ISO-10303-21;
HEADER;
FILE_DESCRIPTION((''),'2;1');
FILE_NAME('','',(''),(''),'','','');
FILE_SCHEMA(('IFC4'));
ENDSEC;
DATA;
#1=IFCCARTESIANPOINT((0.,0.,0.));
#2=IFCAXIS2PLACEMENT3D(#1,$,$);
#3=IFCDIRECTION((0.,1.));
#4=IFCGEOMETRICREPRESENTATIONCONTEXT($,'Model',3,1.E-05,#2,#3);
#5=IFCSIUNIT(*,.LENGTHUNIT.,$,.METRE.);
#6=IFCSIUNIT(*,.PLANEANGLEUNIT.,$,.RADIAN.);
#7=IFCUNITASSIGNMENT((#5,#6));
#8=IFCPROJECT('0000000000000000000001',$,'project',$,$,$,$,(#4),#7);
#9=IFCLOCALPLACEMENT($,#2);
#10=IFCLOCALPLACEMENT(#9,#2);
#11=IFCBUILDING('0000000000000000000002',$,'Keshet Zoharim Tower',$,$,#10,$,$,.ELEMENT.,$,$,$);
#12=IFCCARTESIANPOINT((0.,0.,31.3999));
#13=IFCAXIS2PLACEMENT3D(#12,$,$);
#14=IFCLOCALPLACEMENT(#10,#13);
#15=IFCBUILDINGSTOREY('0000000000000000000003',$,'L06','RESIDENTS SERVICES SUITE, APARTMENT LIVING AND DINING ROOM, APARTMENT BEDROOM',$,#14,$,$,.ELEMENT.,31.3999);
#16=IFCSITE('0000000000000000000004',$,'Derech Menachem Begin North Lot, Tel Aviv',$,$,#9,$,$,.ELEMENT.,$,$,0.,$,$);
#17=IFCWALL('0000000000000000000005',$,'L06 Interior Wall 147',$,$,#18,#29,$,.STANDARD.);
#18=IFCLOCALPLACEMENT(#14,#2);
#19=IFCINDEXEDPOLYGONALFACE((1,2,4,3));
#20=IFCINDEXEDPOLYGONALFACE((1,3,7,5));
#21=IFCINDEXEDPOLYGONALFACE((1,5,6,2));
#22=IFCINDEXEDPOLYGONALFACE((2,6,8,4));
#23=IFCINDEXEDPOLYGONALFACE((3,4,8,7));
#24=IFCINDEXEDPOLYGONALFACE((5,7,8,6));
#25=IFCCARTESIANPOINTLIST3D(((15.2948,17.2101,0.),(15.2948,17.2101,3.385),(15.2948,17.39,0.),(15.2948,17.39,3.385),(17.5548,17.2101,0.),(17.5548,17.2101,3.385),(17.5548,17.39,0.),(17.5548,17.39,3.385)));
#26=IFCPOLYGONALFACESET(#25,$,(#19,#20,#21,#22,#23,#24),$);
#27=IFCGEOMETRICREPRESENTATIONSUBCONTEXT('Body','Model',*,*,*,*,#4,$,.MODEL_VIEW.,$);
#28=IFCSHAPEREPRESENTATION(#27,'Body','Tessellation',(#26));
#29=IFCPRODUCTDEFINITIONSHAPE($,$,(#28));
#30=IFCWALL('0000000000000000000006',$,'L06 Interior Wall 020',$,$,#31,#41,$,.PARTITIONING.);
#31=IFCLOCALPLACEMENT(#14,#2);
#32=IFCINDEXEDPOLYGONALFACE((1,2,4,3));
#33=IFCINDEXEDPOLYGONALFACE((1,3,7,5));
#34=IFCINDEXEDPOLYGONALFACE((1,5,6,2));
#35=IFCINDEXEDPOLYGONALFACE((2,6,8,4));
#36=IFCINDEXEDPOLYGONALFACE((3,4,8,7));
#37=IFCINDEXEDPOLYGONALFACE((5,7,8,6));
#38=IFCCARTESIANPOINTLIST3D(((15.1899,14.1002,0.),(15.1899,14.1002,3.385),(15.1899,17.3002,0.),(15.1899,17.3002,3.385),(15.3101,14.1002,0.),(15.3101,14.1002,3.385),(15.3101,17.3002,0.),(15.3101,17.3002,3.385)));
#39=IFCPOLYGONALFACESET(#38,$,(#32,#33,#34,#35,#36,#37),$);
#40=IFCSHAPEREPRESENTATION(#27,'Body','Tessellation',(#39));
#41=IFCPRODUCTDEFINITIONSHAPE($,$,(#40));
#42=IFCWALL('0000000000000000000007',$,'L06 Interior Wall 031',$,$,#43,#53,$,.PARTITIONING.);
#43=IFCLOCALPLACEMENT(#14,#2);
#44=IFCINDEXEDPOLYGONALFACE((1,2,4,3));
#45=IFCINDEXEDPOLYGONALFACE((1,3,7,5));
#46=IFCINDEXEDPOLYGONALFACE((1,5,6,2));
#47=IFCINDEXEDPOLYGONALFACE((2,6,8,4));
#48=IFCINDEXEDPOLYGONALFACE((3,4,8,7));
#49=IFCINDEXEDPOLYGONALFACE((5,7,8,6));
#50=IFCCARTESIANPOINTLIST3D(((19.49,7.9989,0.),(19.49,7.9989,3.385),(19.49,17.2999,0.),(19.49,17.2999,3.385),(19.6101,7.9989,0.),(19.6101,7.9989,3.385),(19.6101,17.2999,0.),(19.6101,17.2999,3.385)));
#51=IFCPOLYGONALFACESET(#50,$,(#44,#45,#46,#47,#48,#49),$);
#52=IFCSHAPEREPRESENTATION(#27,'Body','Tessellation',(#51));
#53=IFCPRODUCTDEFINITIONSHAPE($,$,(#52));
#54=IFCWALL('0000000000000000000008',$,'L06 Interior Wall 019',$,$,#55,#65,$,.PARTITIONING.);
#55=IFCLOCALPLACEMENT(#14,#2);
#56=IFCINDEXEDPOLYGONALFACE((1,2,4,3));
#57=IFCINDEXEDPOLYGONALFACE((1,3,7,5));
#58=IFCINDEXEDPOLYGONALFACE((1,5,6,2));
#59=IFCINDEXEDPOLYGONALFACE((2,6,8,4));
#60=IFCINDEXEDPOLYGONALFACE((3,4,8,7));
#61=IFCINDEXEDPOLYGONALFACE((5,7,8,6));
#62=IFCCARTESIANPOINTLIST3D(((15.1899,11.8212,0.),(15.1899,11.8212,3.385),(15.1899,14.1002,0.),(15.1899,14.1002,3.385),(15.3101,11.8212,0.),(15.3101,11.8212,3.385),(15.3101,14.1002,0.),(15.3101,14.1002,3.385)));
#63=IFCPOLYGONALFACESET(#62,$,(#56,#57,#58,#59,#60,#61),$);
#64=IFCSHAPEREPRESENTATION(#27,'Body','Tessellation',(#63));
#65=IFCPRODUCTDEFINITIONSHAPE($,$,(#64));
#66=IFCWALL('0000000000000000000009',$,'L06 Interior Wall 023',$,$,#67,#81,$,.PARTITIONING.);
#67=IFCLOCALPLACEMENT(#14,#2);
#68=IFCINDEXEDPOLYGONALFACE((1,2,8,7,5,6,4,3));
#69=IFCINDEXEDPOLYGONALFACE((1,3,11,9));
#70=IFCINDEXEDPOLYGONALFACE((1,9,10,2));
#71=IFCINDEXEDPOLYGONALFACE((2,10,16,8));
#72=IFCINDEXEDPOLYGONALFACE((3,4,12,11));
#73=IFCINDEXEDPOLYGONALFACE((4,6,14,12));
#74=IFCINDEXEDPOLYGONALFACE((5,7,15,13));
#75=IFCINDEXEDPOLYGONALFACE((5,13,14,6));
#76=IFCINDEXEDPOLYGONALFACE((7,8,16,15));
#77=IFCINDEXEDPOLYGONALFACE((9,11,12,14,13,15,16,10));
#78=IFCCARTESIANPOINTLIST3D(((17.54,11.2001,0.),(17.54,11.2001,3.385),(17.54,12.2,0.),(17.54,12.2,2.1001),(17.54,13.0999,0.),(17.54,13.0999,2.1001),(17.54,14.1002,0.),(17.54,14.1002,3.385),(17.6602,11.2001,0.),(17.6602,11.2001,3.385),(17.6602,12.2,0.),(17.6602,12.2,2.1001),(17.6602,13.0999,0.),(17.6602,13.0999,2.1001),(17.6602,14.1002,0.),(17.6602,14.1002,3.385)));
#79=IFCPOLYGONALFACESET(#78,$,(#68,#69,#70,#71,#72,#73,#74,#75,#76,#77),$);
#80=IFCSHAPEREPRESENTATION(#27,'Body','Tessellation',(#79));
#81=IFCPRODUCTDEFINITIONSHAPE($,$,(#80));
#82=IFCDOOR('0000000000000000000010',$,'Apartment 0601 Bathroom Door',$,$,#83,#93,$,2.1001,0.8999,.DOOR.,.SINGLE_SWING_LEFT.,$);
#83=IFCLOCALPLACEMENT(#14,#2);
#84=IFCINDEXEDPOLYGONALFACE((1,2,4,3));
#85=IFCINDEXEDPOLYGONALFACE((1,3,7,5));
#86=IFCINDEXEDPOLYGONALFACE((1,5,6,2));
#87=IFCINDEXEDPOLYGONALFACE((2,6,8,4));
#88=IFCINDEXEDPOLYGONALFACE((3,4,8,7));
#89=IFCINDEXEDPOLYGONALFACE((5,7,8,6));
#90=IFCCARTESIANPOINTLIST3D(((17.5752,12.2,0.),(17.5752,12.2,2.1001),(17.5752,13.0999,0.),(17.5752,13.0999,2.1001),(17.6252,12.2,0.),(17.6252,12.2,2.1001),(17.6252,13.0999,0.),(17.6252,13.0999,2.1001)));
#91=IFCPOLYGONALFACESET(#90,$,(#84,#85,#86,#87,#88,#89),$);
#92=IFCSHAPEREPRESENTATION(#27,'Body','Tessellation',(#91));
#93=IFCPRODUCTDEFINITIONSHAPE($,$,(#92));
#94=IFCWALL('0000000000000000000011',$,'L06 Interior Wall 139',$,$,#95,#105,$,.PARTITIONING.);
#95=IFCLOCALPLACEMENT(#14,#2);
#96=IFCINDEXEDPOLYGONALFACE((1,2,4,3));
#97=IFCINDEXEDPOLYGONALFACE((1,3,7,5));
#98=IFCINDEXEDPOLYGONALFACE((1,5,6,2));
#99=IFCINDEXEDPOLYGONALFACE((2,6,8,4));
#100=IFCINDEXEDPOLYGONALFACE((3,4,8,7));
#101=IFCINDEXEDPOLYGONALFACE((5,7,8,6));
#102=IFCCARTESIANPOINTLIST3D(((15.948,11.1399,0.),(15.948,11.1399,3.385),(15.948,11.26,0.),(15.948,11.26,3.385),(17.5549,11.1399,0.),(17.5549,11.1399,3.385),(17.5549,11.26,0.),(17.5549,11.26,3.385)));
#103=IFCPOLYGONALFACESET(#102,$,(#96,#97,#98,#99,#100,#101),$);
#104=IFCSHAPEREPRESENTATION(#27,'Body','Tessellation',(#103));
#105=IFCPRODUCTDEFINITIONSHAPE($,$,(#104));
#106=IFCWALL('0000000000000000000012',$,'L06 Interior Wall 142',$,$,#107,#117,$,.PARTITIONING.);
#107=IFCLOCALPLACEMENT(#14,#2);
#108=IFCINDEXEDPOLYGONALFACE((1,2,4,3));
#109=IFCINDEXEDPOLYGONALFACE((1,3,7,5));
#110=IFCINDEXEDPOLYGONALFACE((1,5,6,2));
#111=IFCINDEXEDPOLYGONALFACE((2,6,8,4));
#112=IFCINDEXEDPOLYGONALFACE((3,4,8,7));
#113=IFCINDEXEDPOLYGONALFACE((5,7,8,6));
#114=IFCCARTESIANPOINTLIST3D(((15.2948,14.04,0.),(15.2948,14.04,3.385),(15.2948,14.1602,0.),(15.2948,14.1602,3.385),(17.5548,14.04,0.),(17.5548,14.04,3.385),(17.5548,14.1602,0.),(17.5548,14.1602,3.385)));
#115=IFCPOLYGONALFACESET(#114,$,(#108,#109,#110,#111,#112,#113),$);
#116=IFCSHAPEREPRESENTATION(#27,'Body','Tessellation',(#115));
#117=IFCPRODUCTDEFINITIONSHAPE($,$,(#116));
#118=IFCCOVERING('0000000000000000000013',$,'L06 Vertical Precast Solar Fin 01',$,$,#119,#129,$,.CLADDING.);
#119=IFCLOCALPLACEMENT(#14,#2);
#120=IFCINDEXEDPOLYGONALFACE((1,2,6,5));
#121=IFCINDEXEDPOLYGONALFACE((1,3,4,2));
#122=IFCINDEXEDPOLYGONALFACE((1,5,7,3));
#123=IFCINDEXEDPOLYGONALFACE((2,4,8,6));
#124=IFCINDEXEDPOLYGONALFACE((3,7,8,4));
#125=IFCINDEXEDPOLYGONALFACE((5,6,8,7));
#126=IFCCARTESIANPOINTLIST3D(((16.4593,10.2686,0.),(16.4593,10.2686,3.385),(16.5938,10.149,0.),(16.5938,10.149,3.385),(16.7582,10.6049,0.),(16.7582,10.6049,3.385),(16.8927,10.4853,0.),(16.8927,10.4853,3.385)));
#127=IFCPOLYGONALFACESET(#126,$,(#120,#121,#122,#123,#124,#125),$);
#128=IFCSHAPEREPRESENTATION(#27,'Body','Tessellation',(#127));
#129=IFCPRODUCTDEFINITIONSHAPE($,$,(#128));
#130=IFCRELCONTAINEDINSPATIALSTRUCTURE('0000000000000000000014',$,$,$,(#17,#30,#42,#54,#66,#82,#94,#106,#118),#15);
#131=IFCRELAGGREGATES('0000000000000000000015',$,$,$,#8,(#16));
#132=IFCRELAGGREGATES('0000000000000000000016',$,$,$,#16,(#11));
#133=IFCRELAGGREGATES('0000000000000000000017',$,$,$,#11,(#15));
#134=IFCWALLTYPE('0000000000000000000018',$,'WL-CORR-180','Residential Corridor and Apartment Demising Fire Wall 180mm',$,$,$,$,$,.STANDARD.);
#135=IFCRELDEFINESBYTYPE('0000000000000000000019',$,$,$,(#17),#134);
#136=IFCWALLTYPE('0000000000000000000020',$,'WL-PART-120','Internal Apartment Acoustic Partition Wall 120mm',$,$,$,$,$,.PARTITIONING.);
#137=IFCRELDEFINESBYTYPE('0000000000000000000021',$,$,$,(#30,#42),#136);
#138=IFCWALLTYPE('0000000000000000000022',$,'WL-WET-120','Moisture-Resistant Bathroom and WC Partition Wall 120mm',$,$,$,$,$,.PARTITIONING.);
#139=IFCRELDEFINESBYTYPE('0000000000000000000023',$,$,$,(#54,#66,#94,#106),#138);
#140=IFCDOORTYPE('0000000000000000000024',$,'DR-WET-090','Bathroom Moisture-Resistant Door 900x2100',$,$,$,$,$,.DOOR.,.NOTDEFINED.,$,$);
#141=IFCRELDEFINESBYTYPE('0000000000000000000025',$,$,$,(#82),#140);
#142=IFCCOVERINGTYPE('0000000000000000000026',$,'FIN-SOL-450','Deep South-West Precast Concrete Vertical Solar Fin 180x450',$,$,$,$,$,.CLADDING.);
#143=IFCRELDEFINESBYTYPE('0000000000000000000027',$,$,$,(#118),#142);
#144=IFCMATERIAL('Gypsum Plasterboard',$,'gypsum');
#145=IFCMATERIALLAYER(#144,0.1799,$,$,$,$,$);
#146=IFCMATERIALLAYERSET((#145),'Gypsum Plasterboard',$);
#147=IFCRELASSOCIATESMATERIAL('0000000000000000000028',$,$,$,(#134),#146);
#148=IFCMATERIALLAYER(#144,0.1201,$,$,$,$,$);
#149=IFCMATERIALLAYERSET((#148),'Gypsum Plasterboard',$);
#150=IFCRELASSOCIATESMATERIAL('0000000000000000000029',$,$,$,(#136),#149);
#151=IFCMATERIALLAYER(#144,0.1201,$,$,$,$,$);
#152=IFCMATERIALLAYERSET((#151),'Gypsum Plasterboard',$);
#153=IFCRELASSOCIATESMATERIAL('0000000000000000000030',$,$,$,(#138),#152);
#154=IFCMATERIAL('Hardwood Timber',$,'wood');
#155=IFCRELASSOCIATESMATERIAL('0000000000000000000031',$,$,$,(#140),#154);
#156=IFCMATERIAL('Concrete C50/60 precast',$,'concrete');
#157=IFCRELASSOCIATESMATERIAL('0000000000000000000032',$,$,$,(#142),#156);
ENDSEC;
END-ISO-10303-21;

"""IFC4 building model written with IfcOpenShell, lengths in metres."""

from ifc_helpers import new_model, si_unit, direction, frame, frame_2d, origin, origin_2d, place, context, subcontext, project, spatial, rectangle, extrude, material, layer, layer_set, type_object, element, fill, save


model = new_model("IFC4")

# Units and contexts
model_context = context("Model", 3, precision=1e-05, world=origin(), true_north=direction((0.0, 1.0)))
body_context = subcontext(model_context, "Body", "Model", "MODEL_VIEW")
ifc_project = project(units=[si_unit("LENGTHUNIT", "METRE"), si_unit("PLANEANGLEUNIT", "RADIAN")], contexts=[model_context])

# Site, building, storey
site_placement = place(None, origin())
site = spatial("IfcSite", under=ifc_project, at=site_placement, Name="Derech Menachem Begin North Lot, Tel Aviv", CompositionType="ELEMENT", RefElevation=0.0)
building_placement = place(site_placement, origin())
building = spatial("IfcBuilding", under=site, at=building_placement, Name="Keshet Zoharim Tower", CompositionType="ELEMENT")
storey_placement = place(building_placement, frame((0.0, 0.0, 31.3999)))
storey = spatial("IfcBuildingStorey", under=building, at=storey_placement, Name="L06", Description="RESIDENTS SERVICES SUITE, APARTMENT LIVING AND DINING ROOM, APARTMENT BEDROOM", CompositionType="ELEMENT", Elevation=31.3999)

# Wall
ifc_material_1 = material(Name="Gypsum Plasterboard", Category="gypsum")
ifc_layer_1 = layer(ifc_material_1, 0.1799)
ifc_layer_set_1 = layer_set([ifc_layer_1], Name="Gypsum Plasterboard")
wall_type_1 = type_object("IfcWallType", Name="WL-CORR-180", Description="Residential Corridor and Apartment Demising Fire Wall 180mm", PredefinedType="STANDARD", material=ifc_layer_set_1)
wall_1_placement = place(storey_placement, frame((15.2949, 17.3, 0.0), z_axis=(0.0, 0.0, 1.0), x_axis=(1.0, 0.0, 0.0)))
element("IfcWall", 1, at=wall_1_placement, inside=storey, type_object=wall_type_1, Name="L06 Interior Wall 147", PredefinedType="STANDARD", context=body_context, shape_type="SweptSolid", body=[
    extrude(rectangle(XDim=2.26, YDim=0.1799, at=frame_2d((1.1299, 0.0))), origin(), (0.0, 0.0, 1.0), 3.385),
])

# Shared definitions
ifc_material_2 = material(Name="Hardwood Timber", Category="wood")

# Wall
ifc_layer_2 = layer(ifc_material_1, 0.1201)
ifc_layer_set_2 = layer_set([ifc_layer_2], Name="Gypsum Plasterboard")
wall_type_2 = type_object("IfcWallType", Name="WL-PART-120", Description="Internal Apartment Acoustic Partition Wall 120mm", PredefinedType="PARTITIONING", material=ifc_layer_set_2)
wall_2_placement = place(storey_placement, frame((15.25, 14.1001, 0.0), z_axis=(0.0, 0.0, 1.0), x_axis=(0.0, 1.0, 0.0)))
element("IfcWall", 2, at=wall_2_placement, inside=storey, type_object=wall_type_2, Name="L06 Interior Wall 020", PredefinedType="PARTITIONING", context=body_context, shape_type="SweptSolid", body=[
    extrude(rectangle(XDim=3.2, YDim=0.1201, at=frame_2d((1.6001, 0.0))), origin(), (0.0, 0.0, 1.0), 3.385),
])

# Walls
wall_3_placement = place(storey_placement, frame((19.55, 7.999, 0.0), z_axis=(0.0, 0.0, 1.0), x_axis=(0.0, 1.0, 0.0)))
element("IfcWall", 3, at=wall_3_placement, inside=storey, type_object=wall_type_2, Name="L06 Interior Wall 031", PredefinedType="PARTITIONING", context=body_context, shape_type="SweptSolid", body=[
    extrude(rectangle(XDim=9.301, YDim=0.1201, at=frame_2d((4.6504, 0.0))), origin(), (0.0, 0.0, 1.0), 3.385),
])
ifc_layer_3 = layer(ifc_material_1, 0.1201)
ifc_layer_set_3 = layer_set([ifc_layer_3], Name="Gypsum Plasterboard")
wall_type_3 = type_object("IfcWallType", Name="WL-WET-120", Description="Moisture-Resistant Bathroom and WC Partition Wall 120mm", PredefinedType="PARTITIONING", material=ifc_layer_set_3)
wall_4_placement = place(storey_placement, frame((15.25, 11.821, 0.0), z_axis=(0.0, 0.0, 1.0), x_axis=(0.0, 1.0, 0.0)))
element("IfcWall", 4, at=wall_4_placement, inside=storey, type_object=wall_type_3, Name="L06 Interior Wall 019", PredefinedType="PARTITIONING", context=body_context, shape_type="SweptSolid", body=[
    extrude(rectangle(XDim=2.2791, YDim=0.1201, at=frame_2d((1.1396, 0.0))), origin(), (0.0, 0.0, 1.0), 3.385),
])

# Wall, opening, door
wall_5_placement = place(storey_placement, frame((17.6001, 11.2, 0.0), z_axis=(0.0, 0.0, 1.0), x_axis=(0.0, 1.0, 0.0)))
wall_5 = element("IfcWall", 5, at=wall_5_placement, inside=storey, type_object=wall_type_3, Name="L06 Interior Wall 023", PredefinedType="PARTITIONING", context=body_context, shape_type="SweptSolid", body=[
    extrude(rectangle(XDim=2.9001, YDim=0.1201, at=frame_2d((1.4502, 0.0))), origin(), (0.0, 0.0, 1.0), 3.385),
])
opening_1_placement = place(wall_5_placement, frame((1.0, 0.0, 0.0)))
opening_1 = element("IfcOpeningElement", 6, at=opening_1_placement, cuts=wall_5, PredefinedType="OPENING", context=body_context, shape_type="SweptSolid", body=[
    extrude(rectangle(XDim=0.8999, YDim=2.1001, at=frame_2d((0.45, 1.05))), frame((0.0, 0.0701, 0.0), z_axis=(0.0, -1.0, 0.0), x_axis=(1.0, 0.0, 0.0)), (0.0, 0.0, 1.0), 0.1401),
])
door_type_1 = type_object("IfcDoorType", Name="DR-WET-090", Description="Bathroom Moisture-Resistant Door 900x2100", OperationType="NOTDEFINED", PredefinedType="DOOR", material=ifc_material_2)
door_1_placement = place(opening_1_placement, origin())
door_1 = element("IfcDoor", 7, at=door_1_placement, inside=storey, type_object=door_type_1, Name="Apartment 0601 Bathroom Door", OperationType="SINGLE_SWING_LEFT", OverallHeight=2.1001, OverallWidth=0.8999, PredefinedType="DOOR", context=body_context, shape_type="SweptSolid", body=[
    extrude(rectangle(XDim=0.8999, YDim=2.1001, at=frame_2d((0.45, 1.05))), frame((0.0, 0.0249, 0.0), z_axis=(0.0, -1.0, 0.0), x_axis=(1.0, 0.0, 0.0)), (0.0, 0.0, 1.0), 0.05),
])
fill(opening_1, door_1)

# Walls
wall_6_placement = place(storey_placement, frame((15.948, 11.2, 0.0), z_axis=(0.0, 0.0, 1.0), x_axis=(1.0, 0.0, 0.0)))
element("IfcWall", 8, at=wall_6_placement, inside=storey, type_object=wall_type_3, Name="L06 Interior Wall 139", PredefinedType="PARTITIONING", context=body_context, shape_type="SweptSolid", body=[
    extrude(rectangle(XDim=1.6069, YDim=0.1201, at=frame_2d((0.8035, 0.0))), origin(), (0.0, 0.0, 1.0), 3.385),
])
wall_7_placement = place(storey_placement, frame((15.2949, 14.1001, 0.0), z_axis=(0.0, 0.0, 1.0), x_axis=(1.0, 0.0, 0.0)))
element("IfcWall", 9, at=wall_7_placement, inside=storey, type_object=wall_type_3, Name="L06 Interior Wall 142", PredefinedType="PARTITIONING", context=body_context, shape_type="SweptSolid", body=[
    extrude(rectangle(XDim=2.26, YDim=0.1201, at=frame_2d((1.1299, 0.0))), origin(), (0.0, 0.0, 1.0), 3.385),
])

# Covering
ifc_material_3 = material(Name="Concrete C50/60 precast", Category="concrete")
covering_type = type_object("IfcCoveringType", Name="FIN-SOL-450", Description="Deep South-West Precast Concrete Vertical Solar Fin 180x450", PredefinedType="CLADDING", material=ifc_material_3)
covering_placement = place(storey_placement, frame((16.676, 10.377, 0.0), z_axis=(0.0, 0.0, 1.0), x_axis=(-0.747409, 0.664364, 0.0)))
element("IfcCovering", 10, at=covering_placement, inside=storey, type_object=covering_type, Name="L06 Vertical Precast Solar Fin 01", PredefinedType="CLADDING", context=body_context, shape_type="SweptSolid", body=[
    extrude(rectangle(XDim=0.1799, YDim=0.45, at=origin_2d()), origin(), (0.0, 0.0, 1.0), 3.385),
])

save(model, "model.ifc")
